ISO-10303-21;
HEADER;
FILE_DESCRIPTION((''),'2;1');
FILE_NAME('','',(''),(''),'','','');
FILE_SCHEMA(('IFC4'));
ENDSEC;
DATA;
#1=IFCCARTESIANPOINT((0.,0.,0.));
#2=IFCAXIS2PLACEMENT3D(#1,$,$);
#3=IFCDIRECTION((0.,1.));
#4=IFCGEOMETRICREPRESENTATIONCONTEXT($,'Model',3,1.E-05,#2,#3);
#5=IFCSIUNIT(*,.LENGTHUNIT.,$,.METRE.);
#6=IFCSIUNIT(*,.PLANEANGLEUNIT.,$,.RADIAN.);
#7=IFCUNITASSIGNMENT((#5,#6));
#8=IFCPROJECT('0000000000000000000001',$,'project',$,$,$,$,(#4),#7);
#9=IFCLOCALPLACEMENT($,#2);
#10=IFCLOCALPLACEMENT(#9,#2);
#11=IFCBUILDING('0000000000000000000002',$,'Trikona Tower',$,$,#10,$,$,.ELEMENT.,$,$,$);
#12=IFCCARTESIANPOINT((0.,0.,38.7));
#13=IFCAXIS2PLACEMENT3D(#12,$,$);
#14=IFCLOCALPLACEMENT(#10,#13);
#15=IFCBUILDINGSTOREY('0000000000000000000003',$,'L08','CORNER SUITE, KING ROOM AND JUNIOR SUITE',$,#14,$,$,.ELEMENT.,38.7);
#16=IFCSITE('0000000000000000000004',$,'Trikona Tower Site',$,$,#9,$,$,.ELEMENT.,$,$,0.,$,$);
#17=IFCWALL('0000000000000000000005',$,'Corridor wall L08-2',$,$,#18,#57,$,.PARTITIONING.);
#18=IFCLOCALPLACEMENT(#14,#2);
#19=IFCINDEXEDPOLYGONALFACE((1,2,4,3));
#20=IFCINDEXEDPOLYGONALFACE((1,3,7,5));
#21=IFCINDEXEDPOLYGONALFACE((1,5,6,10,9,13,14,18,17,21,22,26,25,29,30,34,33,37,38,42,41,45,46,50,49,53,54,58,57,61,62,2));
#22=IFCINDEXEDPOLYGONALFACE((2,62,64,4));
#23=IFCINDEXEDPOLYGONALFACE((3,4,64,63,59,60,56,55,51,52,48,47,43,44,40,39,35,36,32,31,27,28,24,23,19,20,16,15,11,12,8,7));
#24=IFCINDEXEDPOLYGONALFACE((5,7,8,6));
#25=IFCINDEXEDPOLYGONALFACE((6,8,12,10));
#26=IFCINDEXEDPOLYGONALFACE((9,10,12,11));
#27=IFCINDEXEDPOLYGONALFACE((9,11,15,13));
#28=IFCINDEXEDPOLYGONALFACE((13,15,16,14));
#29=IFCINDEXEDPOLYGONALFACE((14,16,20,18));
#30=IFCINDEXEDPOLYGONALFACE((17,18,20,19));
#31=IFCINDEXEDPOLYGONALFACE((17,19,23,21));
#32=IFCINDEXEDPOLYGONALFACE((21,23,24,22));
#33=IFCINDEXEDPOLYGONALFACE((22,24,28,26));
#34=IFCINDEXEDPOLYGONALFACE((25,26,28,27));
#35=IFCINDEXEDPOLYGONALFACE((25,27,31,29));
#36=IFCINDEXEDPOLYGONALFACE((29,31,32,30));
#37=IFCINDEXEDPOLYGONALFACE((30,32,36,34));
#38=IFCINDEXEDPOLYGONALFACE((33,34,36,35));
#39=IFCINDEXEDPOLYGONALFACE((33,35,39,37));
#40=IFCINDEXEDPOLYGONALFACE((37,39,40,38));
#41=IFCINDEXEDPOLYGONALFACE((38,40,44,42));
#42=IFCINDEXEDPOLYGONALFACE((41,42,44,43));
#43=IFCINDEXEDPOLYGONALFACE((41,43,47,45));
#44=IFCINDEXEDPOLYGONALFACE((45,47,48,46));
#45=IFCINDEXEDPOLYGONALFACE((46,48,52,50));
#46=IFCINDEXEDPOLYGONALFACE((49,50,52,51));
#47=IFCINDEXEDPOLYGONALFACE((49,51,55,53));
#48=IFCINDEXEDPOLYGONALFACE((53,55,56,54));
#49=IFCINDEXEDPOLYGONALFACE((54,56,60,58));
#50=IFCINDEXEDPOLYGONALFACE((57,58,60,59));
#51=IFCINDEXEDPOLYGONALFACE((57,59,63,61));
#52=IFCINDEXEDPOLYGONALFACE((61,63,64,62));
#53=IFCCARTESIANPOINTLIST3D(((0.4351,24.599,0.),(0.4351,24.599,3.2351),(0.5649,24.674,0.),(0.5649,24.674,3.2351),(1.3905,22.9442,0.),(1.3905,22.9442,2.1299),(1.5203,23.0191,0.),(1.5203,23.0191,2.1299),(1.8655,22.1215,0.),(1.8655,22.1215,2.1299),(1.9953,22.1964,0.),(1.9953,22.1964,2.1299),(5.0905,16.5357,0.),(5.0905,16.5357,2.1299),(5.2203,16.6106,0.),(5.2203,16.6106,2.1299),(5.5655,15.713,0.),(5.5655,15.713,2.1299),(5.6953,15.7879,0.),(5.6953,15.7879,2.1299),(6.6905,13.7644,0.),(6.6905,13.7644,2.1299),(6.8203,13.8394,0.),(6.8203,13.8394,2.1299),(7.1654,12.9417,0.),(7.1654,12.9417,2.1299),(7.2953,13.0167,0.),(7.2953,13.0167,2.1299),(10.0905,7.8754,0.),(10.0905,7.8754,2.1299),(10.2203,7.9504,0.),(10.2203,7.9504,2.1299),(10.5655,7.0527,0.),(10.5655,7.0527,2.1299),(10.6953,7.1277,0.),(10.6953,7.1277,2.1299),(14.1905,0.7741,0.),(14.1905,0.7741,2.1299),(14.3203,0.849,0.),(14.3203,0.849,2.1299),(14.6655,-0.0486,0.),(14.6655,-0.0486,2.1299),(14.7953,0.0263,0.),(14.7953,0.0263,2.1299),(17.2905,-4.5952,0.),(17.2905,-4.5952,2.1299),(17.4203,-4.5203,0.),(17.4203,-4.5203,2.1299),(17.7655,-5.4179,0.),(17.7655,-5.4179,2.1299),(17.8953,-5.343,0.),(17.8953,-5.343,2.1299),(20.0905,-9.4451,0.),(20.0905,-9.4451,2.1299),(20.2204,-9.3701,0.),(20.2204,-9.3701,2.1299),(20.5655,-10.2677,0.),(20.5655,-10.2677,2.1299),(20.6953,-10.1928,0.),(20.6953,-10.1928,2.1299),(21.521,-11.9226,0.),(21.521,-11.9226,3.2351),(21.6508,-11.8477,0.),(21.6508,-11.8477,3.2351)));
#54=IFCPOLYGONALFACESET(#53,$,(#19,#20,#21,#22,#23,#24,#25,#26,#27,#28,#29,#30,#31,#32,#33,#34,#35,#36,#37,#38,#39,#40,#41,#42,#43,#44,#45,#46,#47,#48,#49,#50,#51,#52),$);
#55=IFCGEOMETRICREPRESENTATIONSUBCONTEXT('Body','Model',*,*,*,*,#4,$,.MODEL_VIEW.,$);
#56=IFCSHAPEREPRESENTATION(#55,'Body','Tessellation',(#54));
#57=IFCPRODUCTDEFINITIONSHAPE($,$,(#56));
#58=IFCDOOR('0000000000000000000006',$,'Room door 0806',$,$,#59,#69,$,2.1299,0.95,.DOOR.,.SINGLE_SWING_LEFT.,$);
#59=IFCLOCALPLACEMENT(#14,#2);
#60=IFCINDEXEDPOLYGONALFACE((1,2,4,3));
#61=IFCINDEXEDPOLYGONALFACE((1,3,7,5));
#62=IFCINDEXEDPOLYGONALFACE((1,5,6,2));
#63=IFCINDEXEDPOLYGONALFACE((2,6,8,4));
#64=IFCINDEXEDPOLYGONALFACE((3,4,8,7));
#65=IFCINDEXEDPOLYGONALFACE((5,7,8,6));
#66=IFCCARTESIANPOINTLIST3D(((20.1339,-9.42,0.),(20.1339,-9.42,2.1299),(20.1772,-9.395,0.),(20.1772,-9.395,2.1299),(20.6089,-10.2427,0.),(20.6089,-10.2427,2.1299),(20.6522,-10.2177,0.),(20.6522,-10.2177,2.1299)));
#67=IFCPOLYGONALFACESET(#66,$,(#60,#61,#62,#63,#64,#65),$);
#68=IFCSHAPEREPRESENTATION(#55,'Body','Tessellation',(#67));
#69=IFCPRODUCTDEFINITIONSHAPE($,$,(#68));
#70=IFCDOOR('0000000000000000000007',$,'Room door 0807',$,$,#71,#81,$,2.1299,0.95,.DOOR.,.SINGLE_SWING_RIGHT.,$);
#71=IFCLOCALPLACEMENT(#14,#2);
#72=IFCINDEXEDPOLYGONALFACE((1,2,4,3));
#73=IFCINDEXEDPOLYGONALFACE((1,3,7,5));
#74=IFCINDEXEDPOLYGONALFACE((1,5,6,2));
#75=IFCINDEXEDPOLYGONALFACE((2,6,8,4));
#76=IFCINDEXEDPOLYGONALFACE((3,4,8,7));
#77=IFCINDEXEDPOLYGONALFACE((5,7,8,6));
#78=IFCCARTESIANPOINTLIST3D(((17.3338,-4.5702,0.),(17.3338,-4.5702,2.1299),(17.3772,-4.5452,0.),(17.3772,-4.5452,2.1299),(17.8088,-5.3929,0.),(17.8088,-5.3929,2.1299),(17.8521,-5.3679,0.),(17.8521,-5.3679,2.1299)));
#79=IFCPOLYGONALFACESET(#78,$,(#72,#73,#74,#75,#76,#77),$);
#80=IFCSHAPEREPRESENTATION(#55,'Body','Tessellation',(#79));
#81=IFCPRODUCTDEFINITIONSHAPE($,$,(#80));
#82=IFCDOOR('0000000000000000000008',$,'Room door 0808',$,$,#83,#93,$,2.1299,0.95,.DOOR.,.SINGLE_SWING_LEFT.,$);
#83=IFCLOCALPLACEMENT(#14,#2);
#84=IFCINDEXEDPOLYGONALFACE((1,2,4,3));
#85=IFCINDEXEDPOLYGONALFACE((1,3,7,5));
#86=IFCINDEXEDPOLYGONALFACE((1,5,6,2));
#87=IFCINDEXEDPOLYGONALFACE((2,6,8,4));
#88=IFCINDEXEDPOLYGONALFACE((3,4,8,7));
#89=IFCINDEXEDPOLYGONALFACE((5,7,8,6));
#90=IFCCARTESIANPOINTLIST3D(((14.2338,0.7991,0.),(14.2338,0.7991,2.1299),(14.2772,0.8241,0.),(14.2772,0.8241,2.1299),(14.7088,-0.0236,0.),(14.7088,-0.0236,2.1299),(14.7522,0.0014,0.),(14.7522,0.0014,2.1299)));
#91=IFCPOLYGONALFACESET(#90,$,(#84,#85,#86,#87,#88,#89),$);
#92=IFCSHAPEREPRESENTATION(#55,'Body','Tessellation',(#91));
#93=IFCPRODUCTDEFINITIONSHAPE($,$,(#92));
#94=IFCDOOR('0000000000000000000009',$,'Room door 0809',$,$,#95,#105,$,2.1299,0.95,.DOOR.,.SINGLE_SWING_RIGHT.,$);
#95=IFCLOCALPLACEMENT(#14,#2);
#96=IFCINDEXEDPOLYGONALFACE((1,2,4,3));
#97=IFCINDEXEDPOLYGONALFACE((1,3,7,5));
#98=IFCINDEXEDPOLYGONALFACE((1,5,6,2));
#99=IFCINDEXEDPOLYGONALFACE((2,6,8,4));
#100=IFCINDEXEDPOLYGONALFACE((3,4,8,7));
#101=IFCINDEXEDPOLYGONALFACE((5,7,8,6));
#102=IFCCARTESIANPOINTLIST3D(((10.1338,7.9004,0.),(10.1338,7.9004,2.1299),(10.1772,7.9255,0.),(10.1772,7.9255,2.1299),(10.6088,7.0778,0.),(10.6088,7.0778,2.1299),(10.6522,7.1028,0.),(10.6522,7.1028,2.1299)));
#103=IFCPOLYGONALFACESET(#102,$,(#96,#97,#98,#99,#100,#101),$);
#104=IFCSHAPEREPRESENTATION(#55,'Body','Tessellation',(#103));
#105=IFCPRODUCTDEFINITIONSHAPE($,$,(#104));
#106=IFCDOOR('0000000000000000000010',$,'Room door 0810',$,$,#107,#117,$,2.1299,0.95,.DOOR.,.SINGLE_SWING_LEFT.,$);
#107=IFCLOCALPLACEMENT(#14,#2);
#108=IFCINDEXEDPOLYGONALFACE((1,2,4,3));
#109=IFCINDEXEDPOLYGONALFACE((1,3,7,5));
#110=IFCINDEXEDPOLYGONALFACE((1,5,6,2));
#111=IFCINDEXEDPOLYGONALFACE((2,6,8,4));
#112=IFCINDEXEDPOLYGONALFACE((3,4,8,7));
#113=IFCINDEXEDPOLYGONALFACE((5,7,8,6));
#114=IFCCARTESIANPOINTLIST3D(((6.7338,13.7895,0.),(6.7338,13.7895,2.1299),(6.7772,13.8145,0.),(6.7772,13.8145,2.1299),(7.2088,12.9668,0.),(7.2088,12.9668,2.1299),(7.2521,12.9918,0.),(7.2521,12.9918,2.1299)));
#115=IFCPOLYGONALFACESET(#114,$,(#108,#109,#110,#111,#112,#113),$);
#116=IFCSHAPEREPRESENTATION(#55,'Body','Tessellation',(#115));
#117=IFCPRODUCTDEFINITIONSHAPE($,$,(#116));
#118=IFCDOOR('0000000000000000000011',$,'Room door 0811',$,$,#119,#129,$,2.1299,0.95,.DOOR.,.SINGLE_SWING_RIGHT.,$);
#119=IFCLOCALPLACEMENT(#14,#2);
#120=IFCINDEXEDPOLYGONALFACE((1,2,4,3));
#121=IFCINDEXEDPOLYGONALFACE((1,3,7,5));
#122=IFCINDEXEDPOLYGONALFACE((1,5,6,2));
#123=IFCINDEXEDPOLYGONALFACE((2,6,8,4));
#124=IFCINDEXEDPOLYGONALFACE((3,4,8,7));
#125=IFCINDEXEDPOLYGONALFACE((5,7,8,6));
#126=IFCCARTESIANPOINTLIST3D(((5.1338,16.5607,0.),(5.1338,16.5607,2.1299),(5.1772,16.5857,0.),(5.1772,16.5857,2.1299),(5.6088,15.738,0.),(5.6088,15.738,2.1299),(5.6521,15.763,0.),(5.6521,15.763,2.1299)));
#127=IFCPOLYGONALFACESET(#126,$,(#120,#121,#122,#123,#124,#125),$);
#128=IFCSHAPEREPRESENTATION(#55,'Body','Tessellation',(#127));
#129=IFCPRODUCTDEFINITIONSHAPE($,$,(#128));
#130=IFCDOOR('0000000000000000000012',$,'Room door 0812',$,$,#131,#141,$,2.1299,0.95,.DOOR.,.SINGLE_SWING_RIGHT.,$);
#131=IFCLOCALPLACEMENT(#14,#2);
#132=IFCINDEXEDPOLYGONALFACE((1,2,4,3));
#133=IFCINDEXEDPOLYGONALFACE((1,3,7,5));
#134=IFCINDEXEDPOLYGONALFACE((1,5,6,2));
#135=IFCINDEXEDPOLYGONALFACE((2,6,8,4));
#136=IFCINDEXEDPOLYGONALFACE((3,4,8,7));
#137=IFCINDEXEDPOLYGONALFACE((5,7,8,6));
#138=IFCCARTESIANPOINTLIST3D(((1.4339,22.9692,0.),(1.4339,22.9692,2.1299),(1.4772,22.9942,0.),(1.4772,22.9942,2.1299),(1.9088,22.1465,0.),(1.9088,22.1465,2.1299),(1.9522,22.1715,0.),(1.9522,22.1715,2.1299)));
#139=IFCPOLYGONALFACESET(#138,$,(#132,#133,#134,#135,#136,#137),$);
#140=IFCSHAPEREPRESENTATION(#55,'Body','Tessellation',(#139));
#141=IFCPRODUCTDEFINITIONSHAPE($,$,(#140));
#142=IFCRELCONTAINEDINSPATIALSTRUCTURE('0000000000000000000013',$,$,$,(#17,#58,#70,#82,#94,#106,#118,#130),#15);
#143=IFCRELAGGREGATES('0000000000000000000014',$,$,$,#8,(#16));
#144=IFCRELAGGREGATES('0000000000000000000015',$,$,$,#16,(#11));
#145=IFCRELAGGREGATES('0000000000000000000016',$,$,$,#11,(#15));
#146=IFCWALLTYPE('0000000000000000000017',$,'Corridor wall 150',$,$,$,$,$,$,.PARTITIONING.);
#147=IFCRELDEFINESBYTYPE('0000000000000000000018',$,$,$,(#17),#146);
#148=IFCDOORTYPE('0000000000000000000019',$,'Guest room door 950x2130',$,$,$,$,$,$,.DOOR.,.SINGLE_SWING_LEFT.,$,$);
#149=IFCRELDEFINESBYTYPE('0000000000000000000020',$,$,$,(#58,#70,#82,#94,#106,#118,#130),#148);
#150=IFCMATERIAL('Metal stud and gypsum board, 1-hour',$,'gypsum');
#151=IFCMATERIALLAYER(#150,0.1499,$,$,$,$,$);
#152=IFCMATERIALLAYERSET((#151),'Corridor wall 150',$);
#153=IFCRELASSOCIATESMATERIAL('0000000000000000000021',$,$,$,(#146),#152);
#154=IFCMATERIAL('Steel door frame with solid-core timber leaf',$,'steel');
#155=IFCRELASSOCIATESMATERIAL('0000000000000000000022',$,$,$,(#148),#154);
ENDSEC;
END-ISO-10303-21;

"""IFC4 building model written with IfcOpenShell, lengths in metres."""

from ifc_helpers import new_model, si_unit, direction, frame, frame_2d, origin, place, context, subcontext, project, spatial, rectangle, extrude, material, layer, layer_set, type_object, element, fill, save


model = new_model("IFC4")

# Units and contexts
model_context = context("Model", 3, precision=1e-05, world=origin(), true_north=direction((0.0, 1.0)))
body_context = subcontext(model_context, "Body", "Model", "MODEL_VIEW")
ifc_project = project(units=[si_unit("LENGTHUNIT", "METRE"), si_unit("PLANEANGLEUNIT", "RADIAN")], contexts=[model_context])

# Site, building, storey
site_placement = place(None, origin())
site = spatial("IfcSite", under=ifc_project, at=site_placement, Name="Trikona Tower Site", CompositionType="ELEMENT", RefElevation=0.0)
building_placement = place(site_placement, origin())
building = spatial("IfcBuilding", under=site, at=building_placement, Name="Trikona Tower", CompositionType="ELEMENT")
storey_placement = place(building_placement, frame((0.0, 0.0, 38.7)))
storey = spatial("IfcBuildingStorey", under=building, at=storey_placement, Name="L08", Description="CORNER SUITE, KING ROOM AND JUNIOR SUITE", CompositionType="ELEMENT", Elevation=38.7)

# Wall, openings, doors
ifc_material_1 = material(Name="Metal stud and gypsum board, 1-hour", Category="gypsum")
ifc_layer_1 = layer(ifc_material_1, 0.1499)
ifc_layer_set_1 = layer_set([ifc_layer_1], Name="Corridor wall 150")
wall_type_1 = type_object("IfcWallType", Name="Corridor wall 150", PredefinedType="PARTITIONING", material=ifc_layer_set_1)
wall_1_placement = place(storey_placement, frame((21.5859, -11.8853, 0.0), z_axis=(0.0, 0.0, 1.0), x_axis=(-0.500002, 0.866024, 0.0)))
wall_1 = element("IfcWall", 1, at=wall_1_placement, inside=storey, type_object=wall_type_1, Name="Corridor wall L08-2", PredefinedType="PARTITIONING", context=body_context, shape_type="SweptSolid", body=[
    extrude(rectangle(XDim=42.1716, YDim=0.1499, at=frame_2d((21.0859, 0.0))), origin(), (0.0, 0.0, 1.0), 3.2351),
])
opening_1_placement = place(wall_1_placement, frame((1.9109, 0.0, 0.0)))
opening_1 = element("IfcOpeningElement", 2, at=opening_1_placement, cuts=wall_1, PredefinedType="OPENING", context=body_context, shape_type="SweptSolid", body=[
    extrude(rectangle(XDim=0.95, YDim=2.1299, at=frame_2d((0.4751, 1.0649))), frame((0.0, 0.085, 0.0), z_axis=(0.0, -1.0, 0.0), x_axis=(1.0, 0.0, 0.0)), (0.0, 0.0, 1.0), 0.1699),
])
opening_2_placement = place(wall_1_placement, frame((7.511, 0.0, 0.0)))
opening_2 = element("IfcOpeningElement", 3, at=opening_2_placement, cuts=wall_1, PredefinedType="OPENING", context=body_context, shape_type="SweptSolid", body=[
    extrude(rectangle(XDim=0.95, YDim=2.1299, at=frame_2d((0.4751, 1.0649))), frame((0.0, 0.085, 0.0), z_axis=(0.0, -1.0, 0.0), x_axis=(1.0, 0.0, 0.0)), (0.0, 0.0, 1.0), 0.1699),
])
opening_3_placement = place(wall_1_placement, frame((13.7109, 0.0, 0.0)))
opening_3 = element("IfcOpeningElement", 4, at=opening_3_placement, cuts=wall_1, PredefinedType="OPENING", context=body_context, shape_type="SweptSolid", body=[
    extrude(rectangle(XDim=0.95, YDim=2.1299, at=frame_2d((0.4751, 1.0649))), frame((0.0, 0.085, 0.0), z_axis=(0.0, -1.0, 0.0), x_axis=(1.0, 0.0, 0.0)), (0.0, 0.0, 1.0), 0.1699),
])
opening_4_placement = place(wall_1_placement, frame((21.9109, 0.0, 0.0)))
opening_4 = element("IfcOpeningElement", 5, at=opening_4_placement, cuts=wall_1, PredefinedType="OPENING", context=body_context, shape_type="SweptSolid", body=[
    extrude(rectangle(XDim=0.95, YDim=2.1299, at=frame_2d((0.4751, 1.0649))), frame((0.0, 0.085, 0.0), z_axis=(0.0, -1.0, 0.0), x_axis=(1.0, 0.0, 0.0)), (0.0, 0.0, 1.0), 0.1699),
])
opening_5_placement = place(wall_1_placement, frame((28.7109, 0.0, 0.0)))
opening_5 = element("IfcOpeningElement", 6, at=opening_5_placement, cuts=wall_1, PredefinedType="OPENING", context=body_context, shape_type="SweptSolid", body=[
    extrude(rectangle(XDim=0.95, YDim=2.1299, at=frame_2d((0.4751, 1.0649))), frame((0.0, 0.085, 0.0), z_axis=(0.0, -1.0, 0.0), x_axis=(1.0, 0.0, 0.0)), (0.0, 0.0, 1.0), 0.1699),
])
opening_6_placement = place(wall_1_placement, frame((31.9109, 0.0, 0.0)))
opening_6 = element("IfcOpeningElement", 7, at=opening_6_placement, cuts=wall_1, PredefinedType="OPENING", context=body_context, shape_type="SweptSolid", body=[
    extrude(rectangle(XDim=0.95, YDim=2.1299, at=frame_2d((0.4751, 1.0649))), frame((0.0, 0.085, 0.0), z_axis=(0.0, -1.0, 0.0), x_axis=(1.0, 0.0, 0.0)), (0.0, 0.0, 1.0), 0.1699),
])
opening_7_placement = place(wall_1_placement, frame((39.3108, 0.0, 0.0)))
opening_7 = element("IfcOpeningElement", 8, at=opening_7_placement, cuts=wall_1, PredefinedType="OPENING", context=body_context, shape_type="SweptSolid", body=[
    extrude(rectangle(XDim=0.95, YDim=2.1299, at=frame_2d((0.4751, 1.0649))), frame((0.0, 0.085, 0.0), z_axis=(0.0, -1.0, 0.0), x_axis=(1.0, 0.0, 0.0)), (0.0, 0.0, 1.0), 0.1699),
])
ifc_material_2 = material(Name="Steel door frame with solid-core timber leaf", Category="steel")
door_type = type_object("IfcDoorType", Name="Guest room door 950x2130", OperationType="SINGLE_SWING_LEFT", PredefinedType="DOOR", material=ifc_material_2)
door_1_placement = place(opening_1_placement, origin())
door_1 = element("IfcDoor", 9, at=door_1_placement, inside=storey, type_object=door_type, Name="Room door 0806", OperationType="SINGLE_SWING_LEFT", OverallHeight=2.1299, OverallWidth=0.95, PredefinedType="DOOR", context=body_context, shape_type="SweptSolid", body=[
    extrude(rectangle(XDim=0.95, YDim=2.1299, at=frame_2d((0.4751, 1.0649))), frame((0.0, 0.0249, 0.0), z_axis=(0.0, -1.0, 0.0), x_axis=(1.0, 0.0, 0.0)), (0.0, 0.0, 1.0), 0.05),
])
fill(opening_1, door_1)
door_2_placement = place(opening_2_placement, origin())
door_2 = element("IfcDoor", 10, at=door_2_placement, inside=storey, type_object=door_type, Name="Room door 0807", OperationType="SINGLE_SWING_RIGHT", OverallHeight=2.1299, OverallWidth=0.95, PredefinedType="DOOR", context=body_context, shape_type="SweptSolid", body=[
    extrude(rectangle(XDim=0.95, YDim=2.1299, at=frame_2d((0.4751, 1.0649))), frame((0.0, 0.0249, 0.0), z_axis=(0.0, -1.0, 0.0), x_axis=(1.0, 0.0, 0.0)), (0.0, 0.0, 1.0), 0.05),
])
fill(opening_2, door_2)
door_3_placement = place(opening_3_placement, origin())
door_3 = element("IfcDoor", 11, at=door_3_placement, inside=storey, type_object=door_type, Name="Room door 0808", OperationType="SINGLE_SWING_LEFT", OverallHeight=2.1299, OverallWidth=0.95, PredefinedType="DOOR", context=body_context, shape_type="SweptSolid", body=[
    extrude(rectangle(XDim=0.95, YDim=2.1299, at=frame_2d((0.4751, 1.0649))), frame((0.0, 0.0249, 0.0), z_axis=(0.0, -1.0, 0.0), x_axis=(1.0, 0.0, 0.0)), (0.0, 0.0, 1.0), 0.05),
])
fill(opening_3, door_3)
door_4_placement = place(opening_4_placement, origin())
door_4 = element("IfcDoor", 12, at=door_4_placement, inside=storey, type_object=door_type, Name="Room door 0809", OperationType="SINGLE_SWING_RIGHT", OverallHeight=2.1299, OverallWidth=0.95, PredefinedType="DOOR", context=body_context, shape_type="SweptSolid", body=[
    extrude(rectangle(XDim=0.95, YDim=2.1299, at=frame_2d((0.4751, 1.0649))), frame((0.0, 0.0249, 0.0), z_axis=(0.0, -1.0, 0.0), x_axis=(1.0, 0.0, 0.0)), (0.0, 0.0, 1.0), 0.05),
])
fill(opening_4, door_4)
door_5_placement = place(opening_5_placement, origin())
door_5 = element("IfcDoor", 13, at=door_5_placement, inside=storey, type_object=door_type, Name="Room door 0810", OperationType="SINGLE_SWING_LEFT", OverallHeight=2.1299, OverallWidth=0.95, PredefinedType="DOOR", context=body_context, shape_type="SweptSolid", body=[
    extrude(rectangle(XDim=0.95, YDim=2.1299, at=frame_2d((0.4751, 1.0649))), frame((0.0, 0.0249, 0.0), z_axis=(0.0, -1.0, 0.0), x_axis=(1.0, 0.0, 0.0)), (0.0, 0.0, 1.0), 0.05),
])
fill(opening_5, door_5)
door_6_placement = place(opening_6_placement, origin())
door_6 = element("IfcDoor", 14, at=door_6_placement, inside=storey, type_object=door_type, Name="Room door 0811", OperationType="SINGLE_SWING_RIGHT", OverallHeight=2.1299, OverallWidth=0.95, PredefinedType="DOOR", context=body_context, shape_type="SweptSolid", body=[
    extrude(rectangle(XDim=0.95, YDim=2.1299, at=frame_2d((0.4751, 1.0649))), frame((0.0, 0.0249, 0.0), z_axis=(0.0, -1.0, 0.0), x_axis=(1.0, 0.0, 0.0)), (0.0, 0.0, 1.0), 0.05),
])
fill(opening_6, door_6)
door_7_placement = place(opening_7_placement, origin())
door_7 = element("IfcDoor", 15, at=door_7_placement, inside=storey, type_object=door_type, Name="Room door 0812", OperationType="SINGLE_SWING_RIGHT", OverallHeight=2.1299, OverallWidth=0.95, PredefinedType="DOOR", context=body_context, shape_type="SweptSolid", body=[
    extrude(rectangle(XDim=0.95, YDim=2.1299, at=frame_2d((0.4751, 1.0649))), frame((0.0, 0.0249, 0.0), z_axis=(0.0, -1.0, 0.0), x_axis=(1.0, 0.0, 0.0)), (0.0, 0.0, 1.0), 0.05),
])
fill(opening_7, door_7)

save(model, "model.ifc")
